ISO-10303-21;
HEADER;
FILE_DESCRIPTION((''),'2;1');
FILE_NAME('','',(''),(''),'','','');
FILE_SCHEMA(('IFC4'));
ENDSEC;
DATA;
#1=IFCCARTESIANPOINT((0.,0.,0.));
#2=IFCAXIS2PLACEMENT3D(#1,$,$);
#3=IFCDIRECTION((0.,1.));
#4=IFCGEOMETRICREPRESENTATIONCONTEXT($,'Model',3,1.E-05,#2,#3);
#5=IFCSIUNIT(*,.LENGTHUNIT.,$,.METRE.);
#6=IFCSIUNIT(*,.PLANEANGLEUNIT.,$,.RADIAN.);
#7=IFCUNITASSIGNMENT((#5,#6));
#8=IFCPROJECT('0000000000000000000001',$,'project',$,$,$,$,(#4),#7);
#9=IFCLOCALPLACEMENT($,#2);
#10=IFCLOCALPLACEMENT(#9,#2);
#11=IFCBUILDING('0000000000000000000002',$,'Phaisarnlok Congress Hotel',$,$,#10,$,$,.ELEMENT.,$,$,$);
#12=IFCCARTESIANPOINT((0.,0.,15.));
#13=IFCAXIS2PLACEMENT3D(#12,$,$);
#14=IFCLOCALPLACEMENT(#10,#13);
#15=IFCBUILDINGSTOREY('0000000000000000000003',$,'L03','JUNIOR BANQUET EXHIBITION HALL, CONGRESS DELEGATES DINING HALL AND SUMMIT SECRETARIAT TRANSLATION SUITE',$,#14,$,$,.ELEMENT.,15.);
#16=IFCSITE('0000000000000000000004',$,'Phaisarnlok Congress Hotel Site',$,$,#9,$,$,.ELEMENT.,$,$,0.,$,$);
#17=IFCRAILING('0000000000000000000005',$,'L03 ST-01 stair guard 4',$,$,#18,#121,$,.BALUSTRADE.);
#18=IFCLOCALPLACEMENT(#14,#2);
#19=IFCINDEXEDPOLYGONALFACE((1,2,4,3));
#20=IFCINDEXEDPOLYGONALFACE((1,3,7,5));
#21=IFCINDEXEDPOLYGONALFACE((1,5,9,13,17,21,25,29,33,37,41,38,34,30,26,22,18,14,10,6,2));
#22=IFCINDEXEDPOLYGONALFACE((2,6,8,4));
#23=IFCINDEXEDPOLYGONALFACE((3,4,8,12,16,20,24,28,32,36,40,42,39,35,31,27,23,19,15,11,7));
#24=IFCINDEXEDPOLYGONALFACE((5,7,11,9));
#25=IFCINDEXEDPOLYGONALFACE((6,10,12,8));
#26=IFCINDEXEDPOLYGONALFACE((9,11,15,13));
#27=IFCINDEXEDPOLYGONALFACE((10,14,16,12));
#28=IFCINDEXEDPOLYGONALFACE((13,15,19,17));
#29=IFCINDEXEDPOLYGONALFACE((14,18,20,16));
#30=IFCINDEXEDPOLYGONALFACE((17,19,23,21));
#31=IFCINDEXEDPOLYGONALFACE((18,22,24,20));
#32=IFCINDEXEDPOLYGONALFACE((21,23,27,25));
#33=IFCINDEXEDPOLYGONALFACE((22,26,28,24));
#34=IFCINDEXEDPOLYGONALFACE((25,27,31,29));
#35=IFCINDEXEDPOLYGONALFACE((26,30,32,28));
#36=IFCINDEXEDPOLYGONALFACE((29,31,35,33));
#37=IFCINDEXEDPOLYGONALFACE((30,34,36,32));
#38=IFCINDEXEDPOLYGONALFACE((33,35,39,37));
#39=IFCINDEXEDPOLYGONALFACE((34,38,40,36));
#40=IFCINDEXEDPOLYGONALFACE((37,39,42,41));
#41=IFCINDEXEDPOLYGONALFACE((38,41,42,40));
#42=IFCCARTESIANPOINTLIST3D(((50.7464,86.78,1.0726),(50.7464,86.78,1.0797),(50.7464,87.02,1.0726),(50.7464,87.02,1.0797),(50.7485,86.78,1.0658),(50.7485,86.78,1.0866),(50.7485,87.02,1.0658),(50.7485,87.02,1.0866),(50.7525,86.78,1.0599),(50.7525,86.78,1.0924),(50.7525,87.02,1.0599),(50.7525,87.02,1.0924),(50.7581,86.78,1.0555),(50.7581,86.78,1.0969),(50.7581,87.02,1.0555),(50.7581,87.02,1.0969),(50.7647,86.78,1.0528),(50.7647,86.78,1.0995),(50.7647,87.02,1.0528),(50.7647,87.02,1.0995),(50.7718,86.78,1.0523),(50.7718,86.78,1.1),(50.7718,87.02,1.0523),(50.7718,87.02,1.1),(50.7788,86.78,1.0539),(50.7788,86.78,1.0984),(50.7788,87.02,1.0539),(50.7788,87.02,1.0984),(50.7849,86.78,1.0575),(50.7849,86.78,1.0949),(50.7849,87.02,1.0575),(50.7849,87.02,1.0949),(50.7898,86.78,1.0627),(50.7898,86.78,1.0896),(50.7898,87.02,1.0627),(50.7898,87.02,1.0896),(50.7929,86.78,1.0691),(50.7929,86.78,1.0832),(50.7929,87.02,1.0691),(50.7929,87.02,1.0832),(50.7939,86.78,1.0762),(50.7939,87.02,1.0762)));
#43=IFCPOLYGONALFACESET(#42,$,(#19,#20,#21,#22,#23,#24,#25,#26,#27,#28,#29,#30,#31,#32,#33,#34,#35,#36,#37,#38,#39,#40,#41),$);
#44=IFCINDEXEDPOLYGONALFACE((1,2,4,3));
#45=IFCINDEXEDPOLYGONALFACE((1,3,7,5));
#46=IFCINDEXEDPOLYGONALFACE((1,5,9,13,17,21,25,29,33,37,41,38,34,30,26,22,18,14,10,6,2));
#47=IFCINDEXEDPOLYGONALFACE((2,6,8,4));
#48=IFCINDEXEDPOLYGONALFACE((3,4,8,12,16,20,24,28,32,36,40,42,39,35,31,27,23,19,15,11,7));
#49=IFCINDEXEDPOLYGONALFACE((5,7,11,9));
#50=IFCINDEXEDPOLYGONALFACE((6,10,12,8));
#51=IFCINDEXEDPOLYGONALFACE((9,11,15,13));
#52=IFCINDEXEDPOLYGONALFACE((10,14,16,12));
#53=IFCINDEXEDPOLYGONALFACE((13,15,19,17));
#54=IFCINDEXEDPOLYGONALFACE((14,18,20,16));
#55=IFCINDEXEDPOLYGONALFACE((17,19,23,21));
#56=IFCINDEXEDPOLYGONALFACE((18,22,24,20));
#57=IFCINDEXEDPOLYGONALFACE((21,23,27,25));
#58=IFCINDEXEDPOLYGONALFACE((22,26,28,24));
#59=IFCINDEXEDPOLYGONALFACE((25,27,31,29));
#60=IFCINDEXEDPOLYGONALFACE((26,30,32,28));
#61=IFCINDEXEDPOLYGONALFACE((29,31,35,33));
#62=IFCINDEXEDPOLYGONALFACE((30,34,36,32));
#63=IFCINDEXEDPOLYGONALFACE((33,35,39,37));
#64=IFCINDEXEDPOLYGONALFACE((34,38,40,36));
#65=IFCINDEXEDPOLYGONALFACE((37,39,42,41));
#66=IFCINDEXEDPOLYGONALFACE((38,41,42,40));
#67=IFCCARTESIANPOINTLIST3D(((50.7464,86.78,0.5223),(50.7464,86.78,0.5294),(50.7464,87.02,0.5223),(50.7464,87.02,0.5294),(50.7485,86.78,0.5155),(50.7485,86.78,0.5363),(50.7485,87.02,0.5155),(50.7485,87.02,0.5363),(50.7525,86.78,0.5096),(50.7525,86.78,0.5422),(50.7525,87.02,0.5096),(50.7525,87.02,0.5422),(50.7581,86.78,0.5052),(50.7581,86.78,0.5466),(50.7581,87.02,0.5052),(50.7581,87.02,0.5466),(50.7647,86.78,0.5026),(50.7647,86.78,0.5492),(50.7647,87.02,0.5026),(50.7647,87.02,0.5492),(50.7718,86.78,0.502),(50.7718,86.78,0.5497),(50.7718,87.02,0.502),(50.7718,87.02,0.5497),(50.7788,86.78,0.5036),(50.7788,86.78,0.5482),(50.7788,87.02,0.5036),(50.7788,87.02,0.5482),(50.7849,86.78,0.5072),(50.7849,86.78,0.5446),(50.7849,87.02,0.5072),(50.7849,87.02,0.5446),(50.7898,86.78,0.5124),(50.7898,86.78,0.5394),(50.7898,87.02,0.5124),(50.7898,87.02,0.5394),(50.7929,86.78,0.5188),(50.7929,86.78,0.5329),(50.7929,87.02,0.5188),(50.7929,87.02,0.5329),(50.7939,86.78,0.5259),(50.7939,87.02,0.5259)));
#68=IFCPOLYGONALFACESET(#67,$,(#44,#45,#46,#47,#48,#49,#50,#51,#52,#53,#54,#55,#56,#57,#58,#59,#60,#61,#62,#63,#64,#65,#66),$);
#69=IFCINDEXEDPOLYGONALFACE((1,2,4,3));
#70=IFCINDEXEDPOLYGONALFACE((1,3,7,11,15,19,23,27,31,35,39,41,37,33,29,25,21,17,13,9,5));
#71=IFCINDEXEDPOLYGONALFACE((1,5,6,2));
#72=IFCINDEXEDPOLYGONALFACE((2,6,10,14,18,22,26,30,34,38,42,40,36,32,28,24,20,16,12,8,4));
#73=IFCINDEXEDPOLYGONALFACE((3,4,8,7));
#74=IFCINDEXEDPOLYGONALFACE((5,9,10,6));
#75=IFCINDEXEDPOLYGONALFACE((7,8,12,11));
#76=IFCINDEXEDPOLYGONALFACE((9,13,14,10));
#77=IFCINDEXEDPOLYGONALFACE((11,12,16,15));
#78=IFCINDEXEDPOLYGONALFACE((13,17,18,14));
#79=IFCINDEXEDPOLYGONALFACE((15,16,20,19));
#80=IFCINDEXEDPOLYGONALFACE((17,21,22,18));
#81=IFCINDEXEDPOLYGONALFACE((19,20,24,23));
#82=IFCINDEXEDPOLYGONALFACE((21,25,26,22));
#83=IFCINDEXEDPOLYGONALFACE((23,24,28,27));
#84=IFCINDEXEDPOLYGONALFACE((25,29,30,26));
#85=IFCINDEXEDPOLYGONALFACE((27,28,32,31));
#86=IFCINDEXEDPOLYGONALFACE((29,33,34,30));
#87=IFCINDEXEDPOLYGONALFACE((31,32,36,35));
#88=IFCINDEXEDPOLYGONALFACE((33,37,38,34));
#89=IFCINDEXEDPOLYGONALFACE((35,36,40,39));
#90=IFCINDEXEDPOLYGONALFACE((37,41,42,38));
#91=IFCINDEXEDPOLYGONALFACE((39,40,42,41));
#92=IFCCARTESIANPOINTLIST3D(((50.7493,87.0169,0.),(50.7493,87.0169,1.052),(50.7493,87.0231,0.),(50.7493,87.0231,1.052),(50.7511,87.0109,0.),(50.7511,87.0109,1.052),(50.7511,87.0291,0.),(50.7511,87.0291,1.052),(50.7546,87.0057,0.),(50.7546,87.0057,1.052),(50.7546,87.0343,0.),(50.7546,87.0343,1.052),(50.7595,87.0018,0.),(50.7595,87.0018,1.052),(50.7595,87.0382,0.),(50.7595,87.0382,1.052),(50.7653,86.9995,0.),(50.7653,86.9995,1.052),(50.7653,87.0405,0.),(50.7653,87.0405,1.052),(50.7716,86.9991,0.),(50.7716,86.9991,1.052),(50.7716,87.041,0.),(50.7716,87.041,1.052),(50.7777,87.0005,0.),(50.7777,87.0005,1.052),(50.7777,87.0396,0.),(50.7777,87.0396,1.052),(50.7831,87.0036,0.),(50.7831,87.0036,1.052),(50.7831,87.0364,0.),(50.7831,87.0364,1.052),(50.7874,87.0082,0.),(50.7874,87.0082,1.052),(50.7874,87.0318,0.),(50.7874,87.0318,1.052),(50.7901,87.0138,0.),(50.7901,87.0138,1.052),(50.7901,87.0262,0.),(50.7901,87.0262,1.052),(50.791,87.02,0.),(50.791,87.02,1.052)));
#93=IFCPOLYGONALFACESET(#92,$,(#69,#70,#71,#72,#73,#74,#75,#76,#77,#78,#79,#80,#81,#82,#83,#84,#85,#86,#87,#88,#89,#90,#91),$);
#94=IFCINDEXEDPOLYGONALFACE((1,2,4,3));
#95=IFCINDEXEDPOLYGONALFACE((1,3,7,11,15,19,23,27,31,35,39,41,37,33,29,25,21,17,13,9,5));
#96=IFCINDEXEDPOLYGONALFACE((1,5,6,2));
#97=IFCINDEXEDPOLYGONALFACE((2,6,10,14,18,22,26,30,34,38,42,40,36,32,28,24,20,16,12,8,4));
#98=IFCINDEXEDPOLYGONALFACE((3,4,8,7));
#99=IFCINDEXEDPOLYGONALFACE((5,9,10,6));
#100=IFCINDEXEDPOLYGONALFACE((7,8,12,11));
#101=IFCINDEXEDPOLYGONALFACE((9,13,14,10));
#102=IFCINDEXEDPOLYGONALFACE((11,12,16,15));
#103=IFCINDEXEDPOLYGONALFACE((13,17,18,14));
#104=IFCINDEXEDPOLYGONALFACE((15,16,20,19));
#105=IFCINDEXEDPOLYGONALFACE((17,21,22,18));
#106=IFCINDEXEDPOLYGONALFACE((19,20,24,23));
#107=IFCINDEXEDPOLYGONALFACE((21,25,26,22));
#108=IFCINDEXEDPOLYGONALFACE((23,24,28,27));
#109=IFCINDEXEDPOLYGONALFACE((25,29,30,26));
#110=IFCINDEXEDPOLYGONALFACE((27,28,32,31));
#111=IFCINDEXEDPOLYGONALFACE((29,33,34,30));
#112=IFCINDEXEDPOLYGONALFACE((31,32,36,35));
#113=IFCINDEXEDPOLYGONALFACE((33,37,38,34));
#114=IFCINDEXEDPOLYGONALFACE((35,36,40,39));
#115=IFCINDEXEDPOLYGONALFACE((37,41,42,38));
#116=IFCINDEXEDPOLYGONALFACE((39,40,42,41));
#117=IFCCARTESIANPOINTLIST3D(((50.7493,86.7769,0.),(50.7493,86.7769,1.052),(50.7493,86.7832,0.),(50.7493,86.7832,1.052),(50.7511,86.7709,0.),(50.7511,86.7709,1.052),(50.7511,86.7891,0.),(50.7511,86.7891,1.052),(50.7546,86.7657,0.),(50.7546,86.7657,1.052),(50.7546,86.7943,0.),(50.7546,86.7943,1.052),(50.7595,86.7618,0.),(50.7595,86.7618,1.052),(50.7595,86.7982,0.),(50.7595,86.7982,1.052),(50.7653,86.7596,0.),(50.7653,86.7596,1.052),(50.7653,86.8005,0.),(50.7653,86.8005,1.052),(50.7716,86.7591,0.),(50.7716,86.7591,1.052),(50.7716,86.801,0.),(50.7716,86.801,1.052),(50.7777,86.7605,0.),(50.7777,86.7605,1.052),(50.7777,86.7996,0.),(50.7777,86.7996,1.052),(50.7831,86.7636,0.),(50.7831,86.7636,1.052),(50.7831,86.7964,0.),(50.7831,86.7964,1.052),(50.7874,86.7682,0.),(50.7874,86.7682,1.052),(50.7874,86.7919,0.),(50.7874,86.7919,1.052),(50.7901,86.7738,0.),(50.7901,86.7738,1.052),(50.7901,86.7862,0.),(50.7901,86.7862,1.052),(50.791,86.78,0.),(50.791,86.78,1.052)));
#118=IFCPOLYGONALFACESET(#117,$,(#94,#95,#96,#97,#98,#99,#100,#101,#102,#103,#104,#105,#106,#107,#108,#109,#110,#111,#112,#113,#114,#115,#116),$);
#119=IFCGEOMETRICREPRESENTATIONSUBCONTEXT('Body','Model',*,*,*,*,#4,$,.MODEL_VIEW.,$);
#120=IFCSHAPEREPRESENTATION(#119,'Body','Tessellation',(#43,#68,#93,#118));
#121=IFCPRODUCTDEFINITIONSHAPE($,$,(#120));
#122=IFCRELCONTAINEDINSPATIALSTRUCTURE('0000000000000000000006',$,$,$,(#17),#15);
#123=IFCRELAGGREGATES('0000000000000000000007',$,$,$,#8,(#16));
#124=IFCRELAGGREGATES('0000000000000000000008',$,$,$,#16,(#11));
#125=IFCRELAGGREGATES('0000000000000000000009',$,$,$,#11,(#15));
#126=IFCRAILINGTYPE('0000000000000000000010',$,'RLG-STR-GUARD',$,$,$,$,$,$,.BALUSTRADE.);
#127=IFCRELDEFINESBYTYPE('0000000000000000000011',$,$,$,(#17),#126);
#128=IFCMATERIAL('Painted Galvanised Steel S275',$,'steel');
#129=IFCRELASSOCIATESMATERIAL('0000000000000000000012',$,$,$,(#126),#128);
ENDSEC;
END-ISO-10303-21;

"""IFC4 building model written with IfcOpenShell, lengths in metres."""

from ifc_helpers import new_model, si_unit, direction, frame, origin, origin_2d, place, context, subcontext, project, spatial, circle, extrude, material, type_object, element, save


model = new_model("IFC4")

# Units and contexts
model_context = context("Model", 3, precision=1e-05, world=origin(), true_north=direction((0.0, 1.0)))
body_context = subcontext(model_context, "Body", "Model", "MODEL_VIEW")
ifc_project = project(units=[si_unit("LENGTHUNIT", "METRE"), si_unit("PLANEANGLEUNIT", "RADIAN")], contexts=[model_context])

# Site, building, storey
site_placement = place(None, origin())
site = spatial("IfcSite", under=ifc_project, at=site_placement, Name="Phaisarnlok Congress Hotel Site", CompositionType="ELEMENT", RefElevation=0.0)
building_placement = place(site_placement, origin())
building = spatial("IfcBuilding", under=site, at=building_placement, Name="Phaisarnlok Congress Hotel", CompositionType="ELEMENT")
storey_placement = place(building_placement, frame((0.0, 0.0, 15.0)))
storey = spatial("IfcBuildingStorey", under=building, at=storey_placement, Name="L03", Description="JUNIOR BANQUET EXHIBITION HALL, CONGRESS DELEGATES DINING HALL AND SUMMIT SECRETARIAT TRANSLATION SUITE", CompositionType="ELEMENT", Elevation=15.0)

# Railing
ifc_material_1 = material(Name="Painted Galvanised Steel S275", Category="steel")
railing_type_1 = type_object("IfcRailingType", Name="RLG-STR-GUARD", PredefinedType="BALUSTRADE", material=ifc_material_1)
railing_1_placement = place(storey_placement, frame((50.77, 87.02, 0.0)))
element("IfcRailing", 1, at=railing_1_placement, inside=storey, type_object=railing_type_1, Name="L03 ST-01 stair guard 4", PredefinedType="BALUSTRADE", context=body_context, shape_type="SweptSolid", body=[
    extrude(circle(Radius=0.0239, at=origin_2d()), frame((0.0, 0.0, 1.0762), z_axis=(0.0, -1.0, 0.0), x_axis=(1.0, 0.0, 0.0)), (0.0, 0.0, 1.0), 0.24),
    extrude(circle(Radius=0.0239, at=origin_2d()), frame((0.0, 0.0, 0.5259), z_axis=(0.0, -1.0, 0.0), x_axis=(1.0, 0.0, 0.0)), (0.0, 0.0, 1.0), 0.24),
    extrude(circle(Radius=0.021, at=origin_2d()), origin(), (0.0, 0.0, 1.0), 1.052),
    extrude(circle(Radius=0.021, at=origin_2d()), frame((0.0, -0.24, 0.0)), (0.0, 0.0, 1.0), 1.052),
])

save(model, "model.ifc")
